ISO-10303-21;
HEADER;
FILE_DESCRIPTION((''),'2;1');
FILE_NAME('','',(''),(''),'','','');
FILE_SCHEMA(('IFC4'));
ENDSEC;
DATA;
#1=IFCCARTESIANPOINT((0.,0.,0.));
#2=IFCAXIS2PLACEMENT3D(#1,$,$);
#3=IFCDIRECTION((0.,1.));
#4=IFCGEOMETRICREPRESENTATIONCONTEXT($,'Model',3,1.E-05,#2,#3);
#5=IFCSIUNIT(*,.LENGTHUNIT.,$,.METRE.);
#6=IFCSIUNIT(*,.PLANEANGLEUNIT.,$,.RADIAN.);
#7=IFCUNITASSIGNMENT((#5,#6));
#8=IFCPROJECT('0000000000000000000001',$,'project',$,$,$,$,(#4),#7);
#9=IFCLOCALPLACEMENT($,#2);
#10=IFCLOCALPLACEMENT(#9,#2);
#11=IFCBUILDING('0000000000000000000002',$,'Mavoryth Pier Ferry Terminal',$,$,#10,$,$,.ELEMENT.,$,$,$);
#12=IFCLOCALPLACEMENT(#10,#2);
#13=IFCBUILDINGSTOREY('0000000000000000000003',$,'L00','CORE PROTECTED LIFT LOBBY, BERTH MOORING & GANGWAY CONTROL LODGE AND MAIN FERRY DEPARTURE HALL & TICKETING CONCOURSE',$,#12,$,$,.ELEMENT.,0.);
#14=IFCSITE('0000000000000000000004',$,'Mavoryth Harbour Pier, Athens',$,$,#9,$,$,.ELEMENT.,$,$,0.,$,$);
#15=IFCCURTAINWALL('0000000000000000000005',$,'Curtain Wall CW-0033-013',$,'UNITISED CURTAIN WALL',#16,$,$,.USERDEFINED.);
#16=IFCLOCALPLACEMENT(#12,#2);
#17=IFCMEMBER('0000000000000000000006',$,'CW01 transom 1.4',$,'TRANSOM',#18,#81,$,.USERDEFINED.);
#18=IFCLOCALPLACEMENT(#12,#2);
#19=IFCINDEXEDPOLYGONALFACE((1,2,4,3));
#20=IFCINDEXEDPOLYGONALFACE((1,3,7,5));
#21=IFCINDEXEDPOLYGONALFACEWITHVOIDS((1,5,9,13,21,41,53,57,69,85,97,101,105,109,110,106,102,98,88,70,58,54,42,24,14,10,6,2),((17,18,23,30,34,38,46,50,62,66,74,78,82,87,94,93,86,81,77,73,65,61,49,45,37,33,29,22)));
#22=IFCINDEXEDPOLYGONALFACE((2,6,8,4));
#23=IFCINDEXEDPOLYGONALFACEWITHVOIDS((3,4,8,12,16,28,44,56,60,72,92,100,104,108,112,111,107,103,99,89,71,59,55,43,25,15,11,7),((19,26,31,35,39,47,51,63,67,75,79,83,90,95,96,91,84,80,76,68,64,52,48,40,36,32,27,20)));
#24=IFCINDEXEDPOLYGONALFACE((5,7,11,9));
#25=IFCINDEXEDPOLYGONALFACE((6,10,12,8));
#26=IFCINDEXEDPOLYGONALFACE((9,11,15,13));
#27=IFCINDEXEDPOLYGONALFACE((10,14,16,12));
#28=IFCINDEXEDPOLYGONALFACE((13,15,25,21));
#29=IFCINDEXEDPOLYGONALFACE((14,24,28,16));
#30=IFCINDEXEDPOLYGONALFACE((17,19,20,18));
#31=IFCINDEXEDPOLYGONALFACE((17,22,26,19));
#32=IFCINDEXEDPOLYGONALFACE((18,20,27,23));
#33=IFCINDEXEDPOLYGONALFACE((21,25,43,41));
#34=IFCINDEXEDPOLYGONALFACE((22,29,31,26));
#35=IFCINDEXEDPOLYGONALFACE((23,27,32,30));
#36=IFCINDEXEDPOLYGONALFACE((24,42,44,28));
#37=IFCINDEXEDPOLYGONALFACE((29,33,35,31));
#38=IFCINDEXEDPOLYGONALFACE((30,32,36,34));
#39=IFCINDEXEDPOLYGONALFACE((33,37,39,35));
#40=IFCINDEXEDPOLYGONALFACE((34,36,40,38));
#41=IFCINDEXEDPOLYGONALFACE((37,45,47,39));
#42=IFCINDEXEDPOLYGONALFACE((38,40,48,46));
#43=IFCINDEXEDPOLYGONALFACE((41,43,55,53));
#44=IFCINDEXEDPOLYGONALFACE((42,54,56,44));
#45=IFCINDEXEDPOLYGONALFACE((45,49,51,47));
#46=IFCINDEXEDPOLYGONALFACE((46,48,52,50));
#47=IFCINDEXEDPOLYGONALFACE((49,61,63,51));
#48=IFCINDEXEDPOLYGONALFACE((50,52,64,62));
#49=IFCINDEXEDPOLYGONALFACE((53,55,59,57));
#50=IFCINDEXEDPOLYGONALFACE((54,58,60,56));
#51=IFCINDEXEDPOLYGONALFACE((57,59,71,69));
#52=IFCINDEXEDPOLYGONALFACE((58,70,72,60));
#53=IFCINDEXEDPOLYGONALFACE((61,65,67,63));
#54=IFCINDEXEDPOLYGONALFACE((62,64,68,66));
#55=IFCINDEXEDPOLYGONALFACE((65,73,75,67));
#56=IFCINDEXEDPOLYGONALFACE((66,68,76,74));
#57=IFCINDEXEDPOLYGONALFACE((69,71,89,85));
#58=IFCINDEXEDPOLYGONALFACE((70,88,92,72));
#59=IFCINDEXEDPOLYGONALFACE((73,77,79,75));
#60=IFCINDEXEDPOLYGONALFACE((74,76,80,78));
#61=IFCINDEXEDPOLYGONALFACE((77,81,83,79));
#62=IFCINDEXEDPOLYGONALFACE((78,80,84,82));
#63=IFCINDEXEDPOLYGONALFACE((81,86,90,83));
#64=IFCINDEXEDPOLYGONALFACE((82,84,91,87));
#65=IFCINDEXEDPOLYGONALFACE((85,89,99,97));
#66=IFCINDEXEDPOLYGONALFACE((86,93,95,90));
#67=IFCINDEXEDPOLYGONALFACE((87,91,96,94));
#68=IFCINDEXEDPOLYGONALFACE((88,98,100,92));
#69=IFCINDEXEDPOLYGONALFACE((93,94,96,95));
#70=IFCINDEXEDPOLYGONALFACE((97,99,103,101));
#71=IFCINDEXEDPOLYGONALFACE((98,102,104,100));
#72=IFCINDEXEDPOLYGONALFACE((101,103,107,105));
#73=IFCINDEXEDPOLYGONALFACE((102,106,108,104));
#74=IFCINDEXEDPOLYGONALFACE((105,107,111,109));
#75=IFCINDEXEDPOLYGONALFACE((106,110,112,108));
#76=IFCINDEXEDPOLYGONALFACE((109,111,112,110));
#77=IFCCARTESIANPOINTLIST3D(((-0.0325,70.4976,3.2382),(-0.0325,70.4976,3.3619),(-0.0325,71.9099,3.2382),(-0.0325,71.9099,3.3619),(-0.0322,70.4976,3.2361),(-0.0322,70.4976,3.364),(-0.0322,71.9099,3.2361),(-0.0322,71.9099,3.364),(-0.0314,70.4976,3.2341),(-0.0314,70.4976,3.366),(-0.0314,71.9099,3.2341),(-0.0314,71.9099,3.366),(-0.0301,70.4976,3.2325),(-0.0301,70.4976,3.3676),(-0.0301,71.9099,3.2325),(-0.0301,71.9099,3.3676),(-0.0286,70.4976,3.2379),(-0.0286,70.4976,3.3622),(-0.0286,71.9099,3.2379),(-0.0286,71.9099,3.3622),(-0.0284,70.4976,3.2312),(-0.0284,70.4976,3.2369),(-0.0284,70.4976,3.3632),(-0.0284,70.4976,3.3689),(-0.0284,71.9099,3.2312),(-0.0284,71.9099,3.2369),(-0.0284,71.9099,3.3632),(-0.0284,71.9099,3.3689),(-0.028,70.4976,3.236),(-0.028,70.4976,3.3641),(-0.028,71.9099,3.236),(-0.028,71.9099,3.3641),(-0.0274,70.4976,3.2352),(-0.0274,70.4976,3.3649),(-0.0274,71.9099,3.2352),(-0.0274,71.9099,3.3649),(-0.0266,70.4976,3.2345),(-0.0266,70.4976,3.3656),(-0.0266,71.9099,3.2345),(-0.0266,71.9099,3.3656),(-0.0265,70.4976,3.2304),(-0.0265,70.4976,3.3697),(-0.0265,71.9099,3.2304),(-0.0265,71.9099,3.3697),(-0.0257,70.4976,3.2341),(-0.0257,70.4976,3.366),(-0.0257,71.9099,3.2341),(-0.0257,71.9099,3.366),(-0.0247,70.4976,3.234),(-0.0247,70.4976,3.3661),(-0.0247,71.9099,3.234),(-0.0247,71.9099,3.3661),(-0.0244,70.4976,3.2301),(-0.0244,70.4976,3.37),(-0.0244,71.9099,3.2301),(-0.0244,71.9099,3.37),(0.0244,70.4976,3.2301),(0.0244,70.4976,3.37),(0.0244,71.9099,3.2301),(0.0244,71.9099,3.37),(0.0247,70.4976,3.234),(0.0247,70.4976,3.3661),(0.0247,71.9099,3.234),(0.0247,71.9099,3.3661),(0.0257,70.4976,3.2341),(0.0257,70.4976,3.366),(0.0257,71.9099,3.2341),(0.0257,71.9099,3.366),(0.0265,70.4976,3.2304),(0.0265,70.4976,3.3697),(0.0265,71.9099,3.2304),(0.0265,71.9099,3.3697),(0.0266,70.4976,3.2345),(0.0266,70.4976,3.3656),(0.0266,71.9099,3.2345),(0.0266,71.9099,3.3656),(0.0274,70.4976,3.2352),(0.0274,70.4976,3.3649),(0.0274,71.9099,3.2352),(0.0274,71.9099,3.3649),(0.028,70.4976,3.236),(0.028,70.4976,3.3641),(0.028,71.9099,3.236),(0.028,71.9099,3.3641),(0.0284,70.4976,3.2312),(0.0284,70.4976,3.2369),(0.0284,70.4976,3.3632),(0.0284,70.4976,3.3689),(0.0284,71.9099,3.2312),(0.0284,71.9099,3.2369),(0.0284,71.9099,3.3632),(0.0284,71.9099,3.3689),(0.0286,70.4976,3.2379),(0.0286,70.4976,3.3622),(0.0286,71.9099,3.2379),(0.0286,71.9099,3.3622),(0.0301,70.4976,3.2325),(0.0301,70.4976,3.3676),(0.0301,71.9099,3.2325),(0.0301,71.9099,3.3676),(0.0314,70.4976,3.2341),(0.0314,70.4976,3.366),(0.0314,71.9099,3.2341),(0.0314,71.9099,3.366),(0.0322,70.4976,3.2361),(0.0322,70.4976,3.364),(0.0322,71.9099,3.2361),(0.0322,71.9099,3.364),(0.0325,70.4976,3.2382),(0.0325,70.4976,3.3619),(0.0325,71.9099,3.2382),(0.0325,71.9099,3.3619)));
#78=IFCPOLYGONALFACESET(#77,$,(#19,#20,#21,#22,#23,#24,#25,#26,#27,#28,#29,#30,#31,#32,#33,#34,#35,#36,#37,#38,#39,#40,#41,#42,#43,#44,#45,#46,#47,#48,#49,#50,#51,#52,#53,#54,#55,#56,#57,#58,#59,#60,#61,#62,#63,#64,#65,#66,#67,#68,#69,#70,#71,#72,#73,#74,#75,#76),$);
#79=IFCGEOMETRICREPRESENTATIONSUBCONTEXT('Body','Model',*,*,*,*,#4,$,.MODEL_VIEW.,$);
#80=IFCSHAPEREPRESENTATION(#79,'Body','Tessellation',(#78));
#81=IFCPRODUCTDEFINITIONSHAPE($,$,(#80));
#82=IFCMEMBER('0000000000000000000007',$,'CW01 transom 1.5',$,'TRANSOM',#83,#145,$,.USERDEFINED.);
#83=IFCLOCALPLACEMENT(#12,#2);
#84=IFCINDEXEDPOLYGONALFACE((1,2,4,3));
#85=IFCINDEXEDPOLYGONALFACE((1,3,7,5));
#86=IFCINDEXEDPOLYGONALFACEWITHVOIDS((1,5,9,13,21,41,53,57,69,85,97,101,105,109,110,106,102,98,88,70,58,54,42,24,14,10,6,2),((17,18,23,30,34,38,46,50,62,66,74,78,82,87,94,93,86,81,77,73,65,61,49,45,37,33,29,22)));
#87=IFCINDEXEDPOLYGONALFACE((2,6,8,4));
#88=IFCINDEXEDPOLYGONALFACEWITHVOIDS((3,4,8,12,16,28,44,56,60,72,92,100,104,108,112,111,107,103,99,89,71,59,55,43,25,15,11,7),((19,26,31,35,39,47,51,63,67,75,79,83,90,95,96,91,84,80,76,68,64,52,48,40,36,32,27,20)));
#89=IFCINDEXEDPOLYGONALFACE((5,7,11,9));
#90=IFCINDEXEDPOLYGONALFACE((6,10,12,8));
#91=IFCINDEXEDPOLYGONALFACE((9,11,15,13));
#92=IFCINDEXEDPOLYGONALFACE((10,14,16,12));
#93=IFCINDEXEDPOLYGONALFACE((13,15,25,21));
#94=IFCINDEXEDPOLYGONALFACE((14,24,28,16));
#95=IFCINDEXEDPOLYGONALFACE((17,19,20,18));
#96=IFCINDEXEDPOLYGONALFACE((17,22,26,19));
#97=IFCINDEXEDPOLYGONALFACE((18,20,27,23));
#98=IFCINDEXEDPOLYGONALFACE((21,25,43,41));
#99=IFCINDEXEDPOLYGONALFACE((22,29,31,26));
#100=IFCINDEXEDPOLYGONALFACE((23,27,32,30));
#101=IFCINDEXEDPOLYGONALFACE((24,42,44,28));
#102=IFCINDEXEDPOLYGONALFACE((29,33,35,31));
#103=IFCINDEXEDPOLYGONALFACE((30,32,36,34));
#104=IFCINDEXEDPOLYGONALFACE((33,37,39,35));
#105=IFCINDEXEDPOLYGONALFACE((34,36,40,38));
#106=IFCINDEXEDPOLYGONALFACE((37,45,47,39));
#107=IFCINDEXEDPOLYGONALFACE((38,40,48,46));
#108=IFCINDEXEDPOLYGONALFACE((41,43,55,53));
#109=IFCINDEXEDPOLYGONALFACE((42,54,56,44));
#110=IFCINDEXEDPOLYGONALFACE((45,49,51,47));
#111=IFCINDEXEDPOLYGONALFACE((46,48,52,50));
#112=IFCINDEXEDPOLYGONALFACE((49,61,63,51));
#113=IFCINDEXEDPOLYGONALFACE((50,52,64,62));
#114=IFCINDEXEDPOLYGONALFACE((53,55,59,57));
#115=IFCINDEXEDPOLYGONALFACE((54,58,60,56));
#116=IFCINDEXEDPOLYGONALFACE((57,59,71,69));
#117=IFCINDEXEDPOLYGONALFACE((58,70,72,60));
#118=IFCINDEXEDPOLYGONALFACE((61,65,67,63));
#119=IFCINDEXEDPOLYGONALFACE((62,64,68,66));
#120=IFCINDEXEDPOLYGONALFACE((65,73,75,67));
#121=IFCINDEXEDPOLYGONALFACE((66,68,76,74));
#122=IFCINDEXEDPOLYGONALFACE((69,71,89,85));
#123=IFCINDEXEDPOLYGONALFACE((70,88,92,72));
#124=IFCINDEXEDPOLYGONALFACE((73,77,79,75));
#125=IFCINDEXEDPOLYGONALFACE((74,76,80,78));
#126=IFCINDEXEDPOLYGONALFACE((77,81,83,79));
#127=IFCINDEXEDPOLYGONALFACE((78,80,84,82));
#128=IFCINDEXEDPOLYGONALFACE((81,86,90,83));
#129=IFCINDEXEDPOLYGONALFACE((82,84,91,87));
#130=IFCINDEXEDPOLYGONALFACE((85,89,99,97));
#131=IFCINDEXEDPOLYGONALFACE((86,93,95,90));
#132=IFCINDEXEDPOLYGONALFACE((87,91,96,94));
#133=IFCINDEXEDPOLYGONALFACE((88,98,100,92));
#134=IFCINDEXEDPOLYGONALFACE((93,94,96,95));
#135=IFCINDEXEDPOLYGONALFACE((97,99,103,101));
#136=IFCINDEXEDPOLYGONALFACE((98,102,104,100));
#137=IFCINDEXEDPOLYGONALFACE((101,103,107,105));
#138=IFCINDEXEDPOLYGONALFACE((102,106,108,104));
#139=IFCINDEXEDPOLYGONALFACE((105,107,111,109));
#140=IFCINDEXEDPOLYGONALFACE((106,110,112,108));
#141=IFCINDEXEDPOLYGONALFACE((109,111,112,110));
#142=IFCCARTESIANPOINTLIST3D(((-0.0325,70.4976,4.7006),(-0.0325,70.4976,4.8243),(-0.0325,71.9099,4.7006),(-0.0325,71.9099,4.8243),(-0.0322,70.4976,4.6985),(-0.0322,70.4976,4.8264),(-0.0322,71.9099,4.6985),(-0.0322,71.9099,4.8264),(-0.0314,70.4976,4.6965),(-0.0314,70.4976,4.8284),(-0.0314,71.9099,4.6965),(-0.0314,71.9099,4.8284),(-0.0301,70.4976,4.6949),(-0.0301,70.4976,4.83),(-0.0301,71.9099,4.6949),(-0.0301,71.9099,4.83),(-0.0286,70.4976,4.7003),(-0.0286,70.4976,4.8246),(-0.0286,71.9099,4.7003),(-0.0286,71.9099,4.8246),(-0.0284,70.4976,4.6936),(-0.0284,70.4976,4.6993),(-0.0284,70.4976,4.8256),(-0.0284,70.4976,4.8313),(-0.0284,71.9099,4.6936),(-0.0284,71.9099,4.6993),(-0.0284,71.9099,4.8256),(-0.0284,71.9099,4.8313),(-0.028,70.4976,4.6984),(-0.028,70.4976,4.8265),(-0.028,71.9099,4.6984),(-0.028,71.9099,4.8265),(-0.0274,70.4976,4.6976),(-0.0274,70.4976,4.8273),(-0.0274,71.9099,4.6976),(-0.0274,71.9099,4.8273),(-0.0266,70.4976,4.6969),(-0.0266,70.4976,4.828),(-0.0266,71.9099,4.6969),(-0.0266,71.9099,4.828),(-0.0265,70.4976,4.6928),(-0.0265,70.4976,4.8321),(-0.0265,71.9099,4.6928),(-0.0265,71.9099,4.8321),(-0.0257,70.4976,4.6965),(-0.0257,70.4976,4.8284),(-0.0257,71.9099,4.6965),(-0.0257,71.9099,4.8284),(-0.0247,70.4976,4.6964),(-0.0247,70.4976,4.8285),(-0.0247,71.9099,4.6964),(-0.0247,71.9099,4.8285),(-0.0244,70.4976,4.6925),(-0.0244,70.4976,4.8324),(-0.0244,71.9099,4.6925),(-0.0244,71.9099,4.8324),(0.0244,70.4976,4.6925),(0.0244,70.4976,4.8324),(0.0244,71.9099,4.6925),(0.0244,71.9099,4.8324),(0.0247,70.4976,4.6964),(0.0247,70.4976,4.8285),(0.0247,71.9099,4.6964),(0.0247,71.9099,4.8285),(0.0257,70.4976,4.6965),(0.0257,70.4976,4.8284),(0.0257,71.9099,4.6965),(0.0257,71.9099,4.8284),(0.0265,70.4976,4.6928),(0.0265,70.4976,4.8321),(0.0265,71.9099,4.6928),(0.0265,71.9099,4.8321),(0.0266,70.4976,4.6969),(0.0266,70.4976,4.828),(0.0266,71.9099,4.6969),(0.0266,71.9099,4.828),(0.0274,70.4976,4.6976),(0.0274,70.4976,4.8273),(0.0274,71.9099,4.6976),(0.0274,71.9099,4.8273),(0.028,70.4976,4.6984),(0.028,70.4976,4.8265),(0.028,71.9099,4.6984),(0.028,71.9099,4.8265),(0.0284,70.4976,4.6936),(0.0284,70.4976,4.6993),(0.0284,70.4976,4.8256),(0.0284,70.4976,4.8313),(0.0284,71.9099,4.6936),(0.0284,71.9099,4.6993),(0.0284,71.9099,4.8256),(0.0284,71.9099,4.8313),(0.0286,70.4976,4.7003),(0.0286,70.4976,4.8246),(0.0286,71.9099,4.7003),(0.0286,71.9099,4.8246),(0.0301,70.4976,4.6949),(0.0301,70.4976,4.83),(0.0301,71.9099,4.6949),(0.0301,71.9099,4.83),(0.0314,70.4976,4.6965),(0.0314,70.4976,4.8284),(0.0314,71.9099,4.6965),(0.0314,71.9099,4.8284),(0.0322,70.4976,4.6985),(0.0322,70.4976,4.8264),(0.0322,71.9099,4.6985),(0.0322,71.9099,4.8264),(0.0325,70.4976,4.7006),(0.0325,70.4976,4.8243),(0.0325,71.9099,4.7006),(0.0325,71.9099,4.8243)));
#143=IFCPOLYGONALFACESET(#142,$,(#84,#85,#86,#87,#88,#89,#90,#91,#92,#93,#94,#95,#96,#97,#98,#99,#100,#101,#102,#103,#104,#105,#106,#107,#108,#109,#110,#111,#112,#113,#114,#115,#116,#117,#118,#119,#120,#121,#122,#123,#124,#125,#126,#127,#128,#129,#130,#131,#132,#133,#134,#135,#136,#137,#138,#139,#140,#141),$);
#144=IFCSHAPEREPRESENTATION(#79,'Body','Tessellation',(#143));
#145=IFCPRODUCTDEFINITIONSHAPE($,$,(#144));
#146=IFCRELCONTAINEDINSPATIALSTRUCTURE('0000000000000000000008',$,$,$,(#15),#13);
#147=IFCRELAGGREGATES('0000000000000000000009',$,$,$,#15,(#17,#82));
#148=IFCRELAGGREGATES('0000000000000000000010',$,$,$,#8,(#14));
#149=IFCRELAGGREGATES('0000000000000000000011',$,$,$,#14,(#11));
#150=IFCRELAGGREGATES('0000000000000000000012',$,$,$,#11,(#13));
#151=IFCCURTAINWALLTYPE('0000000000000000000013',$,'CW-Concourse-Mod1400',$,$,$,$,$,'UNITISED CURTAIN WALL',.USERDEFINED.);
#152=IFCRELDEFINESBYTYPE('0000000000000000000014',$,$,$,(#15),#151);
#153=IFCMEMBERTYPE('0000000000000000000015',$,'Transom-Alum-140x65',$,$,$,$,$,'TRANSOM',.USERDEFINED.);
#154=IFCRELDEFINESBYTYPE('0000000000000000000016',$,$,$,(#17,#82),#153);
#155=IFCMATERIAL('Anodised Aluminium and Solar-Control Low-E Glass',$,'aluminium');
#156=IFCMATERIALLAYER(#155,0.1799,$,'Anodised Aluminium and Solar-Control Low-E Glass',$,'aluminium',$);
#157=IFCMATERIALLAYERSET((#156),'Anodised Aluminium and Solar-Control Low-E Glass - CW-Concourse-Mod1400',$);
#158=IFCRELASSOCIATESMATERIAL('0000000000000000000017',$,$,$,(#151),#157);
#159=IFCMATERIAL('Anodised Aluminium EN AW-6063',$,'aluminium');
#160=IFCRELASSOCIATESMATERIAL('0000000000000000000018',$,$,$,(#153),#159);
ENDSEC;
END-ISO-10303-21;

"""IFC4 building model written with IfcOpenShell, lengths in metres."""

from ifc_helpers import new_model, si_unit, direction, frame, origin, origin_2d, place, context, subcontext, project, spatial, hollow_rectangle, extrude, material, layer, layer_set, material_profile, profile_set, type_object, element, aggregate, save


model = new_model("IFC4")

# Units and contexts
model_context = context("Model", 3, precision=1e-05, world=origin(), true_north=direction((0.0, 1.0)))
body_context = subcontext(model_context, "Body", "Model", "MODEL_VIEW")
ifc_project = project(units=[si_unit("LENGTHUNIT", "METRE"), si_unit("PLANEANGLEUNIT", "RADIAN")], contexts=[model_context])

# Site, building, storey
site_placement = place(None, origin())
site = spatial("IfcSite", under=ifc_project, at=site_placement, Name="Mavoryth Harbour Pier, Athens", CompositionType="ELEMENT", RefElevation=0.0)
building_placement = place(site_placement, origin())
building = spatial("IfcBuilding", under=site, at=building_placement, Name="Mavoryth Pier Ferry Terminal", CompositionType="ELEMENT")
storey_placement = place(building_placement, origin())
storey = spatial("IfcBuildingStorey", under=building, at=storey_placement, Name="L00", Description="CORE PROTECTED LIFT LOBBY, BERTH MOORING & GANGWAY CONTROL LODGE AND MAIN FERRY DEPARTURE HALL & TICKETING CONCOURSE", CompositionType="ELEMENT", Elevation=0.0)

# Curtain wall, members
ifc_material_1 = material(Name="Anodised Aluminium and Solar-Control Low-E Glass", Category="aluminium")
ifc_layer_1 = layer(ifc_material_1, 0.1799, Name="Anodised Aluminium and Solar-Control Low-E Glass", Category="aluminium")
ifc_layer_set_1 = layer_set([ifc_layer_1], Name="Anodised Aluminium and Solar-Control Low-E Glass - CW-Concourse-Mod1400")
curtain_wall_type = type_object("IfcCurtainWallType", Name="CW-Concourse-Mod1400", ElementType="UNITISED CURTAIN WALL", PredefinedType="USERDEFINED", material=ifc_layer_set_1)
curtain_wall_placement = place(storey_placement, origin())
curtain_wall = element("IfcCurtainWall", 1, at=curtain_wall_placement, inside=storey, type_object=curtain_wall_type, Name="Curtain Wall CW-0033-013", ObjectType="UNITISED CURTAIN WALL", PredefinedType="USERDEFINED")
ifc_material_2 = material(Name="Anodised Aluminium EN AW-6063", Category="aluminium")
ifc_material_profile_1 = material_profile(ifc_material_2, hollow_rectangle(XDim=0.0649, YDim=0.1399, WallThickness=0.0039, InnerFilletRadius=0.0039, OuterFilletRadius=0.0081, at=origin_2d()), Name="AL-TRAN 140x65x4", Category="aluminium")
ifc_profile_set_1 = profile_set([ifc_material_profile_1], Name="Anodised Aluminium EN AW-6063 - AL-TRAN 140x65x4")
member_type_1 = type_object("IfcMemberType", Name="Transom-Alum-140x65", ElementType="TRANSOM", PredefinedType="USERDEFINED", material=ifc_profile_set_1)
member_1_placement = place(storey_placement, frame((0.0, 71.9099, 3.3), z_axis=(0.0, -1.0, 0.0), x_axis=(1.0, 0.0, 0.0)))
member_1 = element("IfcMember", 2, at=member_1_placement, type_object=member_type_1, Name="CW01 transom 1.4", ObjectType="TRANSOM", PredefinedType="USERDEFINED", context=body_context, shape_type="SweptSolid", body=[
    extrude(hollow_rectangle(XDim=0.0649, YDim=0.1399, WallThickness=0.0039, InnerFilletRadius=0.0039, OuterFilletRadius=0.0081, at=origin_2d()), origin(), (0.0, 0.0, 1.0), 1.4124),
])
member_2_placement = place(storey_placement, frame((0.0, 71.9099, 4.7625), z_axis=(0.0, -1.0, 0.0), x_axis=(1.0, 0.0, 0.0)))
member_2 = element("IfcMember", 3, at=member_2_placement, type_object=member_type_1, Name="CW01 transom 1.5", ObjectType="TRANSOM", PredefinedType="USERDEFINED", context=body_context, shape_type="SweptSolid", body=[
    extrude(hollow_rectangle(XDim=0.0649, YDim=0.1399, WallThickness=0.0039, InnerFilletRadius=0.0039, OuterFilletRadius=0.0081, at=origin_2d()), origin(), (0.0, 0.0, 1.0), 1.4124),
])
aggregate(curtain_wall, [member_1, member_2])

save(model, "model.ifc")
